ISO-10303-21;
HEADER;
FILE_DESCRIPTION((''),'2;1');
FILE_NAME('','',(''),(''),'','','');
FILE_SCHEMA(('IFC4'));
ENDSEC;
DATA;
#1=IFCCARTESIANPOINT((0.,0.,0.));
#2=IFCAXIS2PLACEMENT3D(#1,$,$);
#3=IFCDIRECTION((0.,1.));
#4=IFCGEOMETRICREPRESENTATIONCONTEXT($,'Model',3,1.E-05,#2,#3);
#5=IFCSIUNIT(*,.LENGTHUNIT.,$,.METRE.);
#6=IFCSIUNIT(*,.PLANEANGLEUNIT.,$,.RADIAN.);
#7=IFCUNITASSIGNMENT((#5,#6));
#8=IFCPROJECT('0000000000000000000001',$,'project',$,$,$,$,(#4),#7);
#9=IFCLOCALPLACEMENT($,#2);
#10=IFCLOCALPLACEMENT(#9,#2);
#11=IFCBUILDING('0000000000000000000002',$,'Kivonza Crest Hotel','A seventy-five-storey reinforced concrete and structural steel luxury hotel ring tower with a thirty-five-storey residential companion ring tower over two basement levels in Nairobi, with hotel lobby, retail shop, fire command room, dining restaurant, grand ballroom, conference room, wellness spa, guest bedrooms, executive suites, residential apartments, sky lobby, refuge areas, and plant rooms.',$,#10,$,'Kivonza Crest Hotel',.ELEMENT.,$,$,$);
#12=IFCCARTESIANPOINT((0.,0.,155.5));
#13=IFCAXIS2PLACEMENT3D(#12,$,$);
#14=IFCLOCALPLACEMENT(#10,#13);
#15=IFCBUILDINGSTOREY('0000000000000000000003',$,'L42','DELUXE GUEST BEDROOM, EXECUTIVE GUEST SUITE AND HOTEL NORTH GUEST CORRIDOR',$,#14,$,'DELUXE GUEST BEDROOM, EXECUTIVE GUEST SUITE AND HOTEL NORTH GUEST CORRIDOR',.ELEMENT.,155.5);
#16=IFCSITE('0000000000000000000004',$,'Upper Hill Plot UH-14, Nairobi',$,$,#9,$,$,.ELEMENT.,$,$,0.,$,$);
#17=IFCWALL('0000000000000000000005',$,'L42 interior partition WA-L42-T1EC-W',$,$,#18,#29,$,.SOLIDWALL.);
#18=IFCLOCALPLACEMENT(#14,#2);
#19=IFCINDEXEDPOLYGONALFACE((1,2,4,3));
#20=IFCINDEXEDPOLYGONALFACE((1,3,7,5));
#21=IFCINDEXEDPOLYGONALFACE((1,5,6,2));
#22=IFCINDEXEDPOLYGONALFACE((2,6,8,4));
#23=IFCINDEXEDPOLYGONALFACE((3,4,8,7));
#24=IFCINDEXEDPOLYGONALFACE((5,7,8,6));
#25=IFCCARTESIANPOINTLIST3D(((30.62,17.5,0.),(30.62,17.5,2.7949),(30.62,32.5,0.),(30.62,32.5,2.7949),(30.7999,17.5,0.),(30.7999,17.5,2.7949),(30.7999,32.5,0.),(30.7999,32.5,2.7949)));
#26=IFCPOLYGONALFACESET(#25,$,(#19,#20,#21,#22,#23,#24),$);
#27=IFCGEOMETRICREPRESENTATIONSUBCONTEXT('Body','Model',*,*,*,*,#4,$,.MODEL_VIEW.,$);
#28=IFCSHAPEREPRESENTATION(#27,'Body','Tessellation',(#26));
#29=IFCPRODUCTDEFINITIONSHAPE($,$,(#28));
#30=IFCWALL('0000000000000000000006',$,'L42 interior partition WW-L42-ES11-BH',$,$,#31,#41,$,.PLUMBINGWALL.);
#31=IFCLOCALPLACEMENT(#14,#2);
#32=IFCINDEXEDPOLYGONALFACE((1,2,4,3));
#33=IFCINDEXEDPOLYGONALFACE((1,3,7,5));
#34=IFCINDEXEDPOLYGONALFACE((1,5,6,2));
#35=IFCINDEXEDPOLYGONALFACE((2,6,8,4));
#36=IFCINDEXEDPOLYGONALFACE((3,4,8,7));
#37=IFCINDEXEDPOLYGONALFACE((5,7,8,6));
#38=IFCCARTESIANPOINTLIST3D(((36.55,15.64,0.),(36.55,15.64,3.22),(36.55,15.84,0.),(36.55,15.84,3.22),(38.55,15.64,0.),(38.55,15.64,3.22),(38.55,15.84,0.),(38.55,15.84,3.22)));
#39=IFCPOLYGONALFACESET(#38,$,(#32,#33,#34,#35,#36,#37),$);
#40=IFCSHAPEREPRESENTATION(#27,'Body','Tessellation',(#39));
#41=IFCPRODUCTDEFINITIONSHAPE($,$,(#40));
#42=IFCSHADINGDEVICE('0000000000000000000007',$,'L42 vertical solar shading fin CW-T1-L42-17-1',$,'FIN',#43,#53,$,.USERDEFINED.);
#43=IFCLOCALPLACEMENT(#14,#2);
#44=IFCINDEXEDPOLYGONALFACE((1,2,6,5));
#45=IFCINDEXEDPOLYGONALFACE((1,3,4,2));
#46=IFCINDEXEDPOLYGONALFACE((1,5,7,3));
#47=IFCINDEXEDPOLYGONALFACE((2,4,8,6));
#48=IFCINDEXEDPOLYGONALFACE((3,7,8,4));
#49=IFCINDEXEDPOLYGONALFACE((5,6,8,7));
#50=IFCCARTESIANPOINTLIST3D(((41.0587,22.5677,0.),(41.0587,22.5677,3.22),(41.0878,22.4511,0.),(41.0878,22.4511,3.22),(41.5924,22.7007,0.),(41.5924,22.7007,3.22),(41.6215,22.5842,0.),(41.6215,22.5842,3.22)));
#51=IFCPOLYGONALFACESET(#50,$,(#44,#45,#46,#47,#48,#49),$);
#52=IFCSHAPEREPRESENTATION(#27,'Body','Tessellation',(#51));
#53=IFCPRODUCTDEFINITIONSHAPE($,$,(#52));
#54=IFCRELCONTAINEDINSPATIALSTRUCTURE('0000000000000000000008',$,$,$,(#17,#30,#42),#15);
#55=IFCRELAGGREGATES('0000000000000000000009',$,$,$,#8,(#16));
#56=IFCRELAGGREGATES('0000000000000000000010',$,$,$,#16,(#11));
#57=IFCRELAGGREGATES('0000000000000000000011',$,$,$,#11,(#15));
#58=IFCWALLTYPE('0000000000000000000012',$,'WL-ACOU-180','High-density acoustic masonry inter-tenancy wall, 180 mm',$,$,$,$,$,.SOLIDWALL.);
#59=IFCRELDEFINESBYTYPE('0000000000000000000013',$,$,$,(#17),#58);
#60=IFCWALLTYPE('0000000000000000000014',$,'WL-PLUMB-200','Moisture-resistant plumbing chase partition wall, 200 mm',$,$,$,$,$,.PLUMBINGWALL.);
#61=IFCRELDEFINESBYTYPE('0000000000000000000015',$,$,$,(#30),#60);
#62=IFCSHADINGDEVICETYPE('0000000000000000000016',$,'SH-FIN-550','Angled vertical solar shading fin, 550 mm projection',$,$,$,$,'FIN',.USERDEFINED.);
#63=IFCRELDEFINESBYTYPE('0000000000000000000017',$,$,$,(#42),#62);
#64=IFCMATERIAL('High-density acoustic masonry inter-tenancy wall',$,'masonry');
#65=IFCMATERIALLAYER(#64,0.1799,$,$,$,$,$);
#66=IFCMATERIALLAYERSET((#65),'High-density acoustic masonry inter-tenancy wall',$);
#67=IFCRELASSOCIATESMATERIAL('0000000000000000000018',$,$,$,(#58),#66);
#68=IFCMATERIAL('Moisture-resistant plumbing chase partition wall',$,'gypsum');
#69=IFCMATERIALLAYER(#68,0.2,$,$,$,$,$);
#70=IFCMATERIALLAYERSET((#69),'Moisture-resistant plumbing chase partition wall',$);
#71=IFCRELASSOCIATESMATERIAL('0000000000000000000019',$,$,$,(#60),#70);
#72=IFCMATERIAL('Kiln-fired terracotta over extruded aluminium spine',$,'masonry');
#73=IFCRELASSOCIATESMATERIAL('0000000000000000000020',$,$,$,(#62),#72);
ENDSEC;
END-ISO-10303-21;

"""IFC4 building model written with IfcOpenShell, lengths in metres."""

from ifc_helpers import new_model, si_unit, direction, frame, frame_2d, origin, origin_2d, place, context, subcontext, project, spatial, rectangle, extrude, material, layer, layer_set, type_object, element, save


model = new_model("IFC4")

# Units and contexts
model_context = context("Model", 3, precision=1e-05, world=origin(), true_north=direction((0.0, 1.0)))
body_context = subcontext(model_context, "Body", "Model", "MODEL_VIEW")
ifc_project = project(units=[si_unit("LENGTHUNIT", "METRE"), si_unit("PLANEANGLEUNIT", "RADIAN")], contexts=[model_context])

# Site, building, storey
site_placement = place(None, origin())
site = spatial("IfcSite", under=ifc_project, at=site_placement, Name="Upper Hill Plot UH-14, Nairobi", CompositionType="ELEMENT", RefElevation=0.0)
building_placement = place(site_placement, origin())
building = spatial("IfcBuilding", under=site, at=building_placement, Name="Kivonza Crest Hotel", Description="A seventy-five-storey reinforced concrete and structural steel luxury hotel ring tower with a thirty-five-storey residential companion ring tower over two basement levels in Nairobi, with hotel lobby, retail shop, fire command room, dining restaurant, grand ballroom, conference room, wellness spa, guest bedrooms, executive suites, residential apartments, sky lobby, refuge areas, and plant rooms.", LongName="Kivonza Crest Hotel", CompositionType="ELEMENT")
storey_placement = place(building_placement, frame((0.0, 0.0, 155.5)))
storey = spatial("IfcBuildingStorey", under=building, at=storey_placement, Name="L42", Description="DELUXE GUEST BEDROOM, EXECUTIVE GUEST SUITE AND HOTEL NORTH GUEST CORRIDOR", LongName="DELUXE GUEST BEDROOM, EXECUTIVE GUEST SUITE AND HOTEL NORTH GUEST CORRIDOR", CompositionType="ELEMENT", Elevation=155.5)

# Walls
ifc_material_1 = material(Name="High-density acoustic masonry inter-tenancy wall", Category="masonry")
ifc_layer_1 = layer(ifc_material_1, 0.1799)
ifc_layer_set_1 = layer_set([ifc_layer_1], Name="High-density acoustic masonry inter-tenancy wall")
wall_type_1 = type_object("IfcWallType", Name="WL-ACOU-180", Description="High-density acoustic masonry inter-tenancy wall, 180 mm", PredefinedType="SOLIDWALL", material=ifc_layer_set_1)
wall_1_placement = place(storey_placement, frame((30.71, 17.5, 0.0), z_axis=(0.0, 0.0, 1.0), x_axis=(0.0, 1.0, 0.0)))
element("IfcWall", 1, at=wall_1_placement, inside=storey, type_object=wall_type_1, Name="L42 interior partition WA-L42-T1EC-W", PredefinedType="SOLIDWALL", context=body_context, shape_type="SweptSolid", body=[
    extrude(rectangle(XDim=15.0, YDim=0.1799, at=frame_2d((7.5, 0.0))), origin(), (0.0, 0.0, 1.0), 2.7949),
])
ifc_material_2 = material(Name="Moisture-resistant plumbing chase partition wall", Category="gypsum")
ifc_layer_2 = layer(ifc_material_2, 0.2)
ifc_layer_set_2 = layer_set([ifc_layer_2], Name="Moisture-resistant plumbing chase partition wall")
wall_type_2 = type_object("IfcWallType", Name="WL-PLUMB-200", Description="Moisture-resistant plumbing chase partition wall, 200 mm", PredefinedType="PLUMBINGWALL", material=ifc_layer_set_2)
wall_2_placement = place(storey_placement, frame((36.55, 15.74, 0.0), z_axis=(0.0, 0.0, 1.0), x_axis=(1.0, 0.0, 0.0)))
element("IfcWall", 2, at=wall_2_placement, inside=storey, type_object=wall_type_2, Name="L42 interior partition WW-L42-ES11-BH", PredefinedType="PLUMBINGWALL", context=body_context, shape_type="SweptSolid", body=[
    extrude(rectangle(XDim=2.0, YDim=0.2, at=frame_2d((1.0, 0.0))), origin(), (0.0, 0.0, 1.0), 3.22),
])

# Shading device
ifc_material_3 = material(Name="Kiln-fired terracotta over extruded aluminium spine", Category="masonry")
shading_device_type = type_object("IfcShadingDeviceType", Name="SH-FIN-550", Description="Angled vertical solar shading fin, 550 mm projection", ElementType="FIN", PredefinedType="USERDEFINED", material=ifc_material_3)
shading_device_placement = place(storey_placement, frame((41.3401, 22.5759, 0.0), z_axis=(0.0, 0.0, 1.0), x_axis=(-0.241922, 0.970296, 0.0)))
element("IfcShadingDevice", 3, at=shading_device_placement, inside=storey, type_object=shading_device_type, Name="L42 vertical solar shading fin CW-T1-L42-17-1", ObjectType="FIN", PredefinedType="USERDEFINED", context=body_context, shape_type="SweptSolid", body=[
    extrude(rectangle(XDim=0.1201, YDim=0.55, at=origin_2d()), origin(), (0.0, 0.0, 1.0), 3.22),
])

save(model, "model.ifc")
